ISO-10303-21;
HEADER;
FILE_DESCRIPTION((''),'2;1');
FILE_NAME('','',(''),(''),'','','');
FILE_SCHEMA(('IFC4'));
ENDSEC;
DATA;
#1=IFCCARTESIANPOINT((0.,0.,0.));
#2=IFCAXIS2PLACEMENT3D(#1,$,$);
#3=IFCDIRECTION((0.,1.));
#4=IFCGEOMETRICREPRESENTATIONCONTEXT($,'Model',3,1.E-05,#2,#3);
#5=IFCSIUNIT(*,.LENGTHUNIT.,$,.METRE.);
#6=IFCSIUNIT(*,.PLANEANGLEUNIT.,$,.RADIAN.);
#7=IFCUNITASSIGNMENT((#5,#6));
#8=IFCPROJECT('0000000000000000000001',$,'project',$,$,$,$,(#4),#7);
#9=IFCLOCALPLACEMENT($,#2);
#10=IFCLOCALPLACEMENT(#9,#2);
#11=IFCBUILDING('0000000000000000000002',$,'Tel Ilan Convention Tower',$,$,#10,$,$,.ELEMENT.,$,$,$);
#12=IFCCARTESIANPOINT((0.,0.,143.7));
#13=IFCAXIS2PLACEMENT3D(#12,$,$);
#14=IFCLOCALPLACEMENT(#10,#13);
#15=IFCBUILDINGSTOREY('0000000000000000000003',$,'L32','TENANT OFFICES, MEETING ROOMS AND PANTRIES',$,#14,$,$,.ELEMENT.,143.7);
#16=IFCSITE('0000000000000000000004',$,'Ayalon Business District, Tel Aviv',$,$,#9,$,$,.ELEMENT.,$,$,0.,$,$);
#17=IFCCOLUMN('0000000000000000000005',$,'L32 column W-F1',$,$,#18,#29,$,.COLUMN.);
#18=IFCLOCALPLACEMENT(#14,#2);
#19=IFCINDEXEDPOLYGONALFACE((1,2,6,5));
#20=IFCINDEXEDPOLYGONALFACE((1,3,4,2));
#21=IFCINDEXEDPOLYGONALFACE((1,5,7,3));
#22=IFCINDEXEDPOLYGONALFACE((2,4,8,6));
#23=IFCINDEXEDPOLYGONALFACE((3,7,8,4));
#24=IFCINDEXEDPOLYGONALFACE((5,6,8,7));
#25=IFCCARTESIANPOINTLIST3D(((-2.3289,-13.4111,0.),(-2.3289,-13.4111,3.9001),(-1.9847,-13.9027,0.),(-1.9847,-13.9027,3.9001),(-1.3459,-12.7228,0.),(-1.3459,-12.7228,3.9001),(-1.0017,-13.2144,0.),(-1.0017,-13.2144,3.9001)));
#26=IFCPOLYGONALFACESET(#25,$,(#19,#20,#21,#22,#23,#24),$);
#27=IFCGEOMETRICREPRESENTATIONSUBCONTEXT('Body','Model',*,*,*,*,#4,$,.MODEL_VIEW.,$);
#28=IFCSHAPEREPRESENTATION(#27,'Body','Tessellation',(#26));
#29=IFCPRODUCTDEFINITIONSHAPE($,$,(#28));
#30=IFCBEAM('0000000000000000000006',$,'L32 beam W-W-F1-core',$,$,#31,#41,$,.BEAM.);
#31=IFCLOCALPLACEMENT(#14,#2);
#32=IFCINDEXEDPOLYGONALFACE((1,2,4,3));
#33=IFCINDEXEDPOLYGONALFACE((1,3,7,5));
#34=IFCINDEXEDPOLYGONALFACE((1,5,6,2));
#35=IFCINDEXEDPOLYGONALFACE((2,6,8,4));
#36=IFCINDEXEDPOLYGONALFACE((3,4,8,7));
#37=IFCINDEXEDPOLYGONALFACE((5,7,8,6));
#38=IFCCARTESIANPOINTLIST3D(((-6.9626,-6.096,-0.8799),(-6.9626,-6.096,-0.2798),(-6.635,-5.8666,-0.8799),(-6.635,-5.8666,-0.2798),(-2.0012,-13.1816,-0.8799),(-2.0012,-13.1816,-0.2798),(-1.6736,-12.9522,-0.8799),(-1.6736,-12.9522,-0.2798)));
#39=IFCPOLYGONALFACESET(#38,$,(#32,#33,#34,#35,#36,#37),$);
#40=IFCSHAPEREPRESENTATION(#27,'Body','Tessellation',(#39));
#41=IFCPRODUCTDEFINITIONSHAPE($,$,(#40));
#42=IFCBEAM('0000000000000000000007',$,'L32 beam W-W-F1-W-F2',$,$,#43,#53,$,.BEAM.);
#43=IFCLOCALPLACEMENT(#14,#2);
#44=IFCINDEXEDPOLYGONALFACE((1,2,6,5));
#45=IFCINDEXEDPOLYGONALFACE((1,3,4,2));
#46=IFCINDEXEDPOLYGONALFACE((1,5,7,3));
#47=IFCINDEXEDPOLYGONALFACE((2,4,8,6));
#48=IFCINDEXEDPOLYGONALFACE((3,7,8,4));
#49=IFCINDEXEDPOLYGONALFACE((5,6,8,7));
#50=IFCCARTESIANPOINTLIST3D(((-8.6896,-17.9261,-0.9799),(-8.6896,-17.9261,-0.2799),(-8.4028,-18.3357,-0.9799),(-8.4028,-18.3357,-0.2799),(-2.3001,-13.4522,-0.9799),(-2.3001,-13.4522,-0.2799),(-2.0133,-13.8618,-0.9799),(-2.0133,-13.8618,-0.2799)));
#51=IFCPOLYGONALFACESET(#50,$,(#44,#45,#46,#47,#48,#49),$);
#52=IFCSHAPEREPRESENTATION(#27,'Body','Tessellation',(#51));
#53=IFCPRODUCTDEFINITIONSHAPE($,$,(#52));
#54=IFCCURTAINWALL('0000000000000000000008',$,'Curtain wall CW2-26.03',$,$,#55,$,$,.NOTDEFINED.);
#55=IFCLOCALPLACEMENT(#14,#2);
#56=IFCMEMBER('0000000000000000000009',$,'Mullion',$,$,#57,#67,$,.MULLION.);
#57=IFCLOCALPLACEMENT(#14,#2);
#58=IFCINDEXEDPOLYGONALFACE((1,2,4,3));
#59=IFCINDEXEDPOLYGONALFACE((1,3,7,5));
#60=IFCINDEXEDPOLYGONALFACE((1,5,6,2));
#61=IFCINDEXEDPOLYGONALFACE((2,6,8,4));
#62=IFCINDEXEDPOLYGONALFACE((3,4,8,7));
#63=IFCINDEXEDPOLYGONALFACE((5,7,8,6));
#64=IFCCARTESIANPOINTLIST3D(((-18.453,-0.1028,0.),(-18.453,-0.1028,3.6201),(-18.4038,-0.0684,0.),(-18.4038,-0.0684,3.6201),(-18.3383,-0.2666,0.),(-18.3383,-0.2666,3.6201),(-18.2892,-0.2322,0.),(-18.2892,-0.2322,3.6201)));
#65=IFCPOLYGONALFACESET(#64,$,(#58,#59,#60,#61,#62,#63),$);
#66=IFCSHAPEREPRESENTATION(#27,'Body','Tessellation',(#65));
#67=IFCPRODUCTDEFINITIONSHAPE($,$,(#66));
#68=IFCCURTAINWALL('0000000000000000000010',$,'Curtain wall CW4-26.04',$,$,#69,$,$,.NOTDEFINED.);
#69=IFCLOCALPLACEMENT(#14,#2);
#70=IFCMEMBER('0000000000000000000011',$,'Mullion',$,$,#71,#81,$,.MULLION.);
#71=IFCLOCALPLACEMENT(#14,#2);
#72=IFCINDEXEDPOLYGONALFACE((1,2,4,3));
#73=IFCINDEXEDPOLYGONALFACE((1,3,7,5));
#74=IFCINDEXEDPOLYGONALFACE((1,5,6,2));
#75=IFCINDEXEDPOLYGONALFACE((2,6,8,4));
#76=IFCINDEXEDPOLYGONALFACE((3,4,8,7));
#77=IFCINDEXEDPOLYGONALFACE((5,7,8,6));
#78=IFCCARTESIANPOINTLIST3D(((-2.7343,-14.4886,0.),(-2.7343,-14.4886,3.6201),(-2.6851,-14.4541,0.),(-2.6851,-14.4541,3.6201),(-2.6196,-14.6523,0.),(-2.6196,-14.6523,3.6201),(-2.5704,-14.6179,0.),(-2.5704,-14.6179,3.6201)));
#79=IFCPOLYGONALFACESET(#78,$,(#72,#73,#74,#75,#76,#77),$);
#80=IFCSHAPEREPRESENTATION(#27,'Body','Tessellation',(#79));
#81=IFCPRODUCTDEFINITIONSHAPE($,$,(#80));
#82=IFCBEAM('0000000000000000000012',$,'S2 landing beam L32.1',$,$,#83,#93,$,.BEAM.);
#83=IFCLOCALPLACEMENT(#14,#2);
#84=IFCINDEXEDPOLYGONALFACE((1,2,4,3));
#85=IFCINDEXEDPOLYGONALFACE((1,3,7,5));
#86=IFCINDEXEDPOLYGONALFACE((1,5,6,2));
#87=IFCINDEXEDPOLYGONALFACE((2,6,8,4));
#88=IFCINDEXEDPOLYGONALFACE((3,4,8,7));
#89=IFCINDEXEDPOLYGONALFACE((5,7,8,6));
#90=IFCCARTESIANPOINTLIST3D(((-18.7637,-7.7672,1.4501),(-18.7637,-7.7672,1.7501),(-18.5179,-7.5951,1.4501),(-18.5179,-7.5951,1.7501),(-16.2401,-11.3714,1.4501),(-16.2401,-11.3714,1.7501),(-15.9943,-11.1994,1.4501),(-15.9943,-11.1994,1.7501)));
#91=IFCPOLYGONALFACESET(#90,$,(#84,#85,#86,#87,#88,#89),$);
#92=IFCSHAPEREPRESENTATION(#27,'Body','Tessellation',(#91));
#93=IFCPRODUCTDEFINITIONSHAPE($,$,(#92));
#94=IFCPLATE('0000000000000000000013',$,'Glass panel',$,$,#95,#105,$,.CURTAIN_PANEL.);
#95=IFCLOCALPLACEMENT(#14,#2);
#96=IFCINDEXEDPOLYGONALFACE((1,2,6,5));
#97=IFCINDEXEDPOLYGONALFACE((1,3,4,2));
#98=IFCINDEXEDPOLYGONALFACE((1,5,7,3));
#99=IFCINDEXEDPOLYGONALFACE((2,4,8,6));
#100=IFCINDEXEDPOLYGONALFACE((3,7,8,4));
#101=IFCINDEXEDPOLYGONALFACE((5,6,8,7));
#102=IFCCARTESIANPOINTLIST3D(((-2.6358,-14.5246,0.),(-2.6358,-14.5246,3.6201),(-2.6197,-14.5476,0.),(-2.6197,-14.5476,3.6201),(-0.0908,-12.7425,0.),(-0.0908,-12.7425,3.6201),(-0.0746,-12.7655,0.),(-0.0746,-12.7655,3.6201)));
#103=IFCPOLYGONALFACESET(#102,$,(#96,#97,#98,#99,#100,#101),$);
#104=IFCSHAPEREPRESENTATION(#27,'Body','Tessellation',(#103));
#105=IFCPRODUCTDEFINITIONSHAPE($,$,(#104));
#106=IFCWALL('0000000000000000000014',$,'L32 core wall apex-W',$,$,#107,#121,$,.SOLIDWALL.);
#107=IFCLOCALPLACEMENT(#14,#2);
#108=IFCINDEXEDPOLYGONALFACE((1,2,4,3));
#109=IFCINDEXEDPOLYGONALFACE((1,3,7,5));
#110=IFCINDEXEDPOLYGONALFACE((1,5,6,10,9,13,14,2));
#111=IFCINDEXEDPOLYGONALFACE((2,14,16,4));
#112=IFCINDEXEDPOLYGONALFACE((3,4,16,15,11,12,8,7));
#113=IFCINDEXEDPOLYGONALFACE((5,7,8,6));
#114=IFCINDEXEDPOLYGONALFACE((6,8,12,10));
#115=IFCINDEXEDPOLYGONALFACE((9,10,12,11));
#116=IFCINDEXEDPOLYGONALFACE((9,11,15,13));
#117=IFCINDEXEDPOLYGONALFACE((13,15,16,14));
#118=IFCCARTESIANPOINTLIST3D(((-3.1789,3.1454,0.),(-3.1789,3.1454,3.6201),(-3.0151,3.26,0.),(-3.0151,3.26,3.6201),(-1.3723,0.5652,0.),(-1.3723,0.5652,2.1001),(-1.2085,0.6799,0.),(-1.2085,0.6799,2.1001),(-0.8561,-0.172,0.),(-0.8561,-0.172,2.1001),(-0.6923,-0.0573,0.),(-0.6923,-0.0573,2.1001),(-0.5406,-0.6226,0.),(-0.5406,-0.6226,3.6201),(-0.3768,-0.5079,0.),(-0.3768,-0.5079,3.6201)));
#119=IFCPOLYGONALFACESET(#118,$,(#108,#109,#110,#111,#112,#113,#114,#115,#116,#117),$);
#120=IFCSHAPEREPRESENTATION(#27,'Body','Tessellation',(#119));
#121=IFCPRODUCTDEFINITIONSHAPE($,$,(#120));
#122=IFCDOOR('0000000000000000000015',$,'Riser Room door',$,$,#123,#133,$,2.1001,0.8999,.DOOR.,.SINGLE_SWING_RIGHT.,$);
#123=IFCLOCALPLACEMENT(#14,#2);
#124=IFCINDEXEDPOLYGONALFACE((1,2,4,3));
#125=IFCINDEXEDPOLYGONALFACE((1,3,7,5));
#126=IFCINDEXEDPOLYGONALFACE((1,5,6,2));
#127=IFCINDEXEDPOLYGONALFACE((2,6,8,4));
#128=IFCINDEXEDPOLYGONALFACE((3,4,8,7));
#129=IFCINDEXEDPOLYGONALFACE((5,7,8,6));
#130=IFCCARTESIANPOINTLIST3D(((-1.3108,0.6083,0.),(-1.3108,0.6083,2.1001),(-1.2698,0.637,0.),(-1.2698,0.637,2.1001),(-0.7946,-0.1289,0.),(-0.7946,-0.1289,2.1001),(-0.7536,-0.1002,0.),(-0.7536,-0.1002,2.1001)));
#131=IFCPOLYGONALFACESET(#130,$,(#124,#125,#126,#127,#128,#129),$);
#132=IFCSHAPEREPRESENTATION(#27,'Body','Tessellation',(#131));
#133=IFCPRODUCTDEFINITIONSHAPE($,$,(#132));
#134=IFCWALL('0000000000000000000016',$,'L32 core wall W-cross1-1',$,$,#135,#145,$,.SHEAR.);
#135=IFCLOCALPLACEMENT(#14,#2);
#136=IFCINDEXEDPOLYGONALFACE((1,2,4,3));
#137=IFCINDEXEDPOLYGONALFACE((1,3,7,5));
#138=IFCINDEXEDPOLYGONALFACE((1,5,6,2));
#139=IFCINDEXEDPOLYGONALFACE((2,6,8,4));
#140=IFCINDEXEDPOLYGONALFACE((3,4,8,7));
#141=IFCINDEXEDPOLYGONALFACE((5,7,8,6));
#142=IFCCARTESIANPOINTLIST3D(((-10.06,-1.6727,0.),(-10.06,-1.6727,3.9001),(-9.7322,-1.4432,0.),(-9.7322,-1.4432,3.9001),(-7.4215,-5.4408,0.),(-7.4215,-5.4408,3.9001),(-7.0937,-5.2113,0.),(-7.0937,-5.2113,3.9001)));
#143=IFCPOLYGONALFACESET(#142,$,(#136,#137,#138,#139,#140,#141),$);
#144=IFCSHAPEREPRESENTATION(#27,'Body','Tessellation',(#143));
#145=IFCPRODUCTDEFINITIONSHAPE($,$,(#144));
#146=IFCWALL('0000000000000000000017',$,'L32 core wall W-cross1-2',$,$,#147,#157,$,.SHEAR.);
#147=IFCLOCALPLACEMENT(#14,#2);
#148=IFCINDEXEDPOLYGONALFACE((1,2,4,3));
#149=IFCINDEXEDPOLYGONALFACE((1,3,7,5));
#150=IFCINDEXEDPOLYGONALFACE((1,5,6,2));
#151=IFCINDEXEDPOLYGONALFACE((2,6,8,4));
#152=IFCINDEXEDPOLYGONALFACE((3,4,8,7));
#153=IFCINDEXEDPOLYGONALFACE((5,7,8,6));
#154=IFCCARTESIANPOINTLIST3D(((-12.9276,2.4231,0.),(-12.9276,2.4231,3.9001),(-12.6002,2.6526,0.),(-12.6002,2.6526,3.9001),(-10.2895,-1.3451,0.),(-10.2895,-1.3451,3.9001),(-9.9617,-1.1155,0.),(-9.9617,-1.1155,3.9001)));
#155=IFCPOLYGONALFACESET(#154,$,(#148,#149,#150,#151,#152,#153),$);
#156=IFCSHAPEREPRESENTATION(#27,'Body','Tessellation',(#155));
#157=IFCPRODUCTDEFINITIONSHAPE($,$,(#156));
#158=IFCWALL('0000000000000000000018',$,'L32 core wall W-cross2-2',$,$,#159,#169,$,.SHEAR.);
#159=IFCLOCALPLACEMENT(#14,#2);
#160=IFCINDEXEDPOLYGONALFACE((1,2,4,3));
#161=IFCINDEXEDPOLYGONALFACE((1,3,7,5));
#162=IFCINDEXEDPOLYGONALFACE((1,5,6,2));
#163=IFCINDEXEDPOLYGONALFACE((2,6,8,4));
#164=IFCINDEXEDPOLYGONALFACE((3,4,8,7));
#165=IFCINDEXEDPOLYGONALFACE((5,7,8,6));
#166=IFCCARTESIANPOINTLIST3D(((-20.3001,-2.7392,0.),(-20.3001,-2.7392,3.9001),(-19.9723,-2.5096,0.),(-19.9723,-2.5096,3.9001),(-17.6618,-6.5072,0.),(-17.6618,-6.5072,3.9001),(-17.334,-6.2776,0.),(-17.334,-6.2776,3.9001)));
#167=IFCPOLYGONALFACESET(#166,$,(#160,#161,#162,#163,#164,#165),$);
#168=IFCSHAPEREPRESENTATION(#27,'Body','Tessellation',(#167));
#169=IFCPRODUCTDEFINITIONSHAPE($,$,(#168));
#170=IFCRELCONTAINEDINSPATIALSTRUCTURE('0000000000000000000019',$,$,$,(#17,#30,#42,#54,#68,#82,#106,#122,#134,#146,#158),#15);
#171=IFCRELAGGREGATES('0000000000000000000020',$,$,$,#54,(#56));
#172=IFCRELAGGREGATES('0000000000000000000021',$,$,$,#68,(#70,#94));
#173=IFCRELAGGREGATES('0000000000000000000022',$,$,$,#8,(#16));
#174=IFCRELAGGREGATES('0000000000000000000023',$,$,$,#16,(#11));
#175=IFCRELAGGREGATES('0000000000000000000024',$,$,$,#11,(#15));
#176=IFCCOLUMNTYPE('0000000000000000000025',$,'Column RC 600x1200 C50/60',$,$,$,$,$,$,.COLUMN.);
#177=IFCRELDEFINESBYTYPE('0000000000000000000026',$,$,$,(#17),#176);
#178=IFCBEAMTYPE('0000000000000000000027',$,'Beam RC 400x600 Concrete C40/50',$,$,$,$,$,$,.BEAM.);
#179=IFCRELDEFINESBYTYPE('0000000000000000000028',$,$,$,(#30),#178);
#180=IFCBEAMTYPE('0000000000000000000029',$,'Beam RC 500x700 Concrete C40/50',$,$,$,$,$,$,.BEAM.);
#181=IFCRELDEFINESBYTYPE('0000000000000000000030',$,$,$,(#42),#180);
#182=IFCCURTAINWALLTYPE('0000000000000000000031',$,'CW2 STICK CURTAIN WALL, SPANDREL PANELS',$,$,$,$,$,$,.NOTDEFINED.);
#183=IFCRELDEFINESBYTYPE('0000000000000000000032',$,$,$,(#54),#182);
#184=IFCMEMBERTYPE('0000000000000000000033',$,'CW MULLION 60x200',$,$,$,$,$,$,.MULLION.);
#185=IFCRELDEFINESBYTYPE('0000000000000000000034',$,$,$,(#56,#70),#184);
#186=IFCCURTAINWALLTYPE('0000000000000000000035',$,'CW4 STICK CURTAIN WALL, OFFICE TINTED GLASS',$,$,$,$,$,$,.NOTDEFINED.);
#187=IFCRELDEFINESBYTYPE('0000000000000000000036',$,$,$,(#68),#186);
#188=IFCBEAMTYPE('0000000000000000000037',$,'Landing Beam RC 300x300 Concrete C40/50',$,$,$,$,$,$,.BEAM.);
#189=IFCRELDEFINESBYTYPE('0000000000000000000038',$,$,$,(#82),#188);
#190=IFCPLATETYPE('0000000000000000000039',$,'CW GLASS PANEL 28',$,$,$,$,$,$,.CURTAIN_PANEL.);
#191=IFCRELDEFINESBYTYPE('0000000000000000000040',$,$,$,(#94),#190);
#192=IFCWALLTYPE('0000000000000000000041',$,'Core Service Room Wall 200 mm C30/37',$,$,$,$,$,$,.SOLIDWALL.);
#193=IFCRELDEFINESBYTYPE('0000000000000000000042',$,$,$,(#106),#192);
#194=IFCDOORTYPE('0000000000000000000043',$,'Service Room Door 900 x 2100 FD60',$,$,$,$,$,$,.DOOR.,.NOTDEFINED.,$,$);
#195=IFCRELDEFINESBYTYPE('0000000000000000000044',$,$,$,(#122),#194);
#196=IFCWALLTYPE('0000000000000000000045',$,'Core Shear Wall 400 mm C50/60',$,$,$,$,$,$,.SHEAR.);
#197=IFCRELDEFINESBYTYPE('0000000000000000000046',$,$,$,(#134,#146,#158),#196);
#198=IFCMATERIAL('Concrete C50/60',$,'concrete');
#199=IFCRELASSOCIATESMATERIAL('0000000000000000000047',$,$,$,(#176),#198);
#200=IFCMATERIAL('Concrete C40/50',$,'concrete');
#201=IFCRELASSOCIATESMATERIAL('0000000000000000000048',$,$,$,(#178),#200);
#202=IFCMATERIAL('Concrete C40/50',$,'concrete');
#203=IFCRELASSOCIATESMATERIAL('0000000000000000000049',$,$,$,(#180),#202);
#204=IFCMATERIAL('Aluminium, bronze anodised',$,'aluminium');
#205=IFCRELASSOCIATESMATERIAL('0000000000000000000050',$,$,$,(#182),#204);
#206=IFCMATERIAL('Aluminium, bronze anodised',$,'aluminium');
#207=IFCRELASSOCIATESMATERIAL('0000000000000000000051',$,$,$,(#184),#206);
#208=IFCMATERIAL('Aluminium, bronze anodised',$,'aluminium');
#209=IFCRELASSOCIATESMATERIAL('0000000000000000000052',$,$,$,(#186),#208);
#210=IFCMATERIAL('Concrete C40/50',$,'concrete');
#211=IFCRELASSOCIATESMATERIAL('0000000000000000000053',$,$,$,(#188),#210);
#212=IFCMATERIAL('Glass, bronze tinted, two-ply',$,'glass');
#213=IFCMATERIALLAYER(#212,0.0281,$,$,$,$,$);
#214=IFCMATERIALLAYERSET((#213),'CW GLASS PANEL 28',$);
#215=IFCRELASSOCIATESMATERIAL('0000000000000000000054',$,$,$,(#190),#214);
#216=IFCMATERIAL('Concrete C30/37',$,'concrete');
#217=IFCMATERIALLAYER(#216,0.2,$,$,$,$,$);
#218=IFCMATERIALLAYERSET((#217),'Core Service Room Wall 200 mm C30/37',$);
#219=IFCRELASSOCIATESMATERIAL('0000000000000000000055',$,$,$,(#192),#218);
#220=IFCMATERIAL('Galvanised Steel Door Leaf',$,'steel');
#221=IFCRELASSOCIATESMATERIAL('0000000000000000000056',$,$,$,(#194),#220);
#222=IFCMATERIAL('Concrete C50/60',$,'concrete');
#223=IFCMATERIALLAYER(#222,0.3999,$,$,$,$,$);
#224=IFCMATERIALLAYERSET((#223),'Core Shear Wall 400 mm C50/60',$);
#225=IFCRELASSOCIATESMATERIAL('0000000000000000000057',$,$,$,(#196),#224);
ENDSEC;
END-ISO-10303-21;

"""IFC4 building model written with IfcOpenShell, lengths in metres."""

from ifc_helpers import new_model, si_unit, direction, frame, frame_2d, origin, origin_2d, place, context, subcontext, project, spatial, polyline, rectangle, outline, extrude, material, layer, layer_set, material_profile, profile_set, type_object, element, fill, aggregate, save


model = new_model("IFC4")

# Units and contexts
model_context = context("Model", 3, precision=1e-05, world=origin(), true_north=direction((0.0, 1.0)))
body_context = subcontext(model_context, "Body", "Model", "MODEL_VIEW")
ifc_project = project(units=[si_unit("LENGTHUNIT", "METRE"), si_unit("PLANEANGLEUNIT", "RADIAN")], contexts=[model_context])

# Site, building, storey
site_placement = place(None, origin())
site = spatial("IfcSite", under=ifc_project, at=site_placement, Name="Ayalon Business District, Tel Aviv", CompositionType="ELEMENT", RefElevation=0.0)
building_placement = place(site_placement, origin())
building = spatial("IfcBuilding", under=site, at=building_placement, Name="Tel Ilan Convention Tower", CompositionType="ELEMENT")
storey_placement = place(building_placement, frame((0.0, 0.0, 143.7)))
storey = spatial("IfcBuildingStorey", under=building, at=storey_placement, Name="L32", Description="TENANT OFFICES, MEETING ROOMS AND PANTRIES", CompositionType="ELEMENT", Elevation=143.7)

# Column
ifc_material_1 = material(Name="Concrete C50/60", Category="concrete")
ifc_material_profile_1 = material_profile(ifc_material_1, rectangle(XDim=1.2, YDim=0.6001, at=origin_2d()), Name="RC 600x1200")
ifc_profile_set_1 = profile_set([ifc_material_profile_1], Name="Concrete C50/60")
column_type = type_object("IfcColumnType", Name="Column RC 600x1200 C50/60", PredefinedType="COLUMN", material=ifc_profile_set_1)
column_placement = place(storey_placement, frame((-1.6653, -13.3127, 0.0), z_axis=(0.0, 0.0, 1.0), x_axis=(-0.819152, -0.573576, 0.0)))
element("IfcColumn", 1, at=column_placement, inside=storey, type_object=column_type, Name="L32 column W-F1", PredefinedType="COLUMN", context=body_context, shape_type="SweptSolid", body=[
    extrude(rectangle(XDim=1.2, YDim=0.6001, at=origin_2d()), origin(), (0.0, 0.0, 1.0), 3.9001),
])

# Beams
ifc_material_2 = material(Name="Concrete C40/50", Category="concrete")
ifc_material_profile_2 = material_profile(ifc_material_2, rectangle(XDim=0.3999, YDim=0.6001, at=origin_2d()), Name="RC 400x600")
ifc_profile_set_2 = profile_set([ifc_material_profile_2], Name="Concrete C40/50")
beam_type_1 = type_object("IfcBeamType", Name="Beam RC 400x600 Concrete C40/50", PredefinedType="BEAM", material=ifc_profile_set_2)
beam_1_placement = place(storey_placement, frame((-1.8374, -13.0669, -0.5798), z_axis=(-0.573574, 0.819154, 0.0), x_axis=(-0.819154, -0.573574, 0.0)))
element("IfcBeam", 2, at=beam_1_placement, inside=storey, type_object=beam_type_1, Name="L32 beam W-W-F1-core", PredefinedType="BEAM", context=body_context, shape_type="SweptSolid", body=[
    extrude(rectangle(XDim=0.3999, YDim=0.6001, at=origin_2d()), origin(), (0.0, 0.0, 1.0), 8.6499),
])
ifc_material_3 = material(Name="Concrete C40/50", Category="concrete")
ifc_material_profile_3 = material_profile(ifc_material_3, rectangle(XDim=0.5, YDim=0.7, at=origin_2d()), Name="RC 500x700")
ifc_profile_set_3 = profile_set([ifc_material_profile_3], Name="Concrete C40/50")
beam_type_2 = type_object("IfcBeamType", Name="Beam RC 500x700 Concrete C40/50", PredefinedType="BEAM", material=ifc_profile_set_3)
beam_2_placement = place(storey_placement, frame((-2.1567, -13.657, -0.6299), z_axis=(-0.819154, -0.573574, 0.0), x_axis=(0.573574, -0.819154, 0.0)))
element("IfcBeam", 3, at=beam_2_placement, inside=storey, type_object=beam_type_2, Name="L32 beam W-W-F1-W-F2", PredefinedType="BEAM", context=body_context, shape_type="SweptSolid", body=[
    extrude(rectangle(XDim=0.5, YDim=0.7, at=origin_2d()), origin(), (0.0, 0.0, 1.0), 7.8),
])

# Curtain walls, members
ifc_material_4 = material(Name="Aluminium, bronze anodised", Category="aluminium")
curtain_wall_type_1 = type_object("IfcCurtainWallType", Name="CW2 STICK CURTAIN WALL, SPANDREL PANELS", PredefinedType="NOTDEFINED", material=ifc_material_4)
curtain_wall_1_placement = place(storey_placement, origin())
curtain_wall_1 = element("IfcCurtainWall", 4, at=curtain_wall_1_placement, inside=storey, type_object=curtain_wall_type_1, Name="Curtain wall CW2-26.03", PredefinedType="NOTDEFINED")
ifc_material_5 = material(Name="Aluminium, bronze anodised", Category="aluminium")
ifc_material_profile_4 = material_profile(ifc_material_5, rectangle(XDim=0.0601, YDim=0.2, at=origin_2d()), Name="CW MULLION 60x200")
ifc_profile_set_4 = profile_set([ifc_material_profile_4], Name="Aluminium, bronze anodised")
member_type = type_object("IfcMemberType", Name="CW MULLION 60x200", PredefinedType="MULLION", material=ifc_profile_set_4)
member_1_placement = place(storey_placement, frame((-18.3711, -0.1675, 0.0), z_axis=(0.0, 0.0, 1.0), x_axis=(-0.819152, -0.573576, 0.0)))
member_1 = element("IfcMember", 5, at=member_1_placement, type_object=member_type, Name="Mullion", PredefinedType="MULLION", context=body_context, shape_type="SweptSolid", body=[
    extrude(rectangle(XDim=0.0601, YDim=0.2, at=origin_2d()), origin(), (0.0, 0.0, 1.0), 3.6201),
])
aggregate(curtain_wall_1, [member_1])
ifc_material_6 = material(Name="Aluminium, bronze anodised", Category="aluminium")
curtain_wall_type_2 = type_object("IfcCurtainWallType", Name="CW4 STICK CURTAIN WALL, OFFICE TINTED GLASS", PredefinedType="NOTDEFINED", material=ifc_material_6)
curtain_wall_2_placement = place(storey_placement, origin())
curtain_wall_2 = element("IfcCurtainWall", 6, at=curtain_wall_2_placement, inside=storey, type_object=curtain_wall_type_2, Name="Curtain wall CW4-26.04", PredefinedType="NOTDEFINED")
member_2_placement = place(storey_placement, frame((-2.6523, -14.5532, 0.0), z_axis=(0.0, 0.0, 1.0), x_axis=(0.819152, 0.573576, 0.0)))
member_2 = element("IfcMember", 7, at=member_2_placement, type_object=member_type, Name="Mullion", PredefinedType="MULLION", context=body_context, shape_type="SweptSolid", body=[
    extrude(rectangle(XDim=0.0601, YDim=0.2, at=origin_2d()), origin(), (0.0, 0.0, 1.0), 3.6201),
])

# Beam
ifc_material_7 = material(Name="Concrete C40/50", Category="concrete")
ifc_material_profile_5 = material_profile(ifc_material_7, rectangle(XDim=0.3, YDim=0.3, at=origin_2d()), Name="RC 300x300")
ifc_profile_set_5 = profile_set([ifc_material_profile_5], Name="Concrete C40/50")
beam_type_3 = type_object("IfcBeamType", Name="Landing Beam RC 300x300 Concrete C40/50", PredefinedType="BEAM", material=ifc_profile_set_5)
beam_3_placement = place(storey_placement, frame((-16.1172, -11.2854, 1.6001), z_axis=(-0.57357, 0.819156, 0.0), x_axis=(-0.819156, -0.57357, 0.0)))
element("IfcBeam", 8, at=beam_3_placement, inside=storey, type_object=beam_type_3, Name="S2 landing beam L32.1", PredefinedType="BEAM", context=body_context, shape_type="SweptSolid", body=[
    extrude(rectangle(XDim=0.3, YDim=0.3, at=origin_2d()), origin(), (0.0, 0.0, 1.0), 4.3999),
])

# Plate
ifc_material_8 = material(Name="Glass, bronze tinted, two-ply", Category="glass")
ifc_layer_1 = layer(ifc_material_8, 0.0281)
ifc_layer_set_1 = layer_set([ifc_layer_1], Name="CW GLASS PANEL 28")
plate_type = type_object("IfcPlateType", Name="CW GLASS PANEL 28", PredefinedType="CURTAIN_PANEL", material=ifc_layer_set_1)
plate_placement = place(storey_placement, frame((-1.3552, -13.645, 0.0), z_axis=(0.0, 0.0, 1.0), x_axis=(0.819152, 0.573576, 0.0)))
plate = element("IfcPlate", 9, at=plate_placement, type_object=plate_type, Name="Glass panel", PredefinedType="CURTAIN_PANEL", context=body_context, shape_type="SweptSolid", body=[
    extrude(rectangle(XDim=3.1069, YDim=0.0281, at=origin_2d()), origin(), (0.0, 0.0, 1.0), 3.6201),
])
aggregate(curtain_wall_2, [member_2, plate])

# Wall, opening, door
ifc_material_9 = material(Name="Concrete C30/37", Category="concrete")
ifc_layer_2 = layer(ifc_material_9, 0.2)
ifc_layer_set_2 = layer_set([ifc_layer_2], Name="Core Service Room Wall 200 mm C30/37")
wall_type_1 = type_object("IfcWallType", Name="Core Service Room Wall 200 mm C30/37", PredefinedType="SOLIDWALL", material=ifc_layer_set_2)
wall_1_placement = place(storey_placement, frame((-0.4587, -0.5652, 0.0), z_axis=(0.0, 0.0, 1.0), x_axis=(-0.573576, 0.819152, 0.0)))
wall_1 = element("IfcWall", 10, at=wall_1_placement, inside=storey, type_object=wall_type_1, Name="L32 core wall apex-W", PredefinedType="SOLIDWALL", context=body_context, shape_type="SweptSolid", body=[
    extrude(rectangle(XDim=4.5999, YDim=0.2, at=frame_2d((2.2998, 0.0))), origin(), (0.0, 0.0, 1.0), 3.6201),
])
opening_1_placement = place(wall_1_placement, frame((0.55, 0.0, 0.0)))
opening_1 = element("IfcOpeningElement", 11, at=opening_1_placement, cuts=wall_1, PredefinedType="OPENING", context=body_context, shape_type="SweptSolid", body=[
    extrude(rectangle(XDim=0.8999, YDim=2.1001, at=frame_2d((0.45, 1.05))), frame((0.0, 0.1099, 0.0), z_axis=(0.0, -1.0, 0.0), x_axis=(1.0, 0.0, 0.0)), (0.0, 0.0, 1.0), 0.22),
])
ifc_material_10 = material(Name="Galvanised Steel Door Leaf", Category="steel")
door_type_1 = type_object("IfcDoorType", Name="Service Room Door 900 x 2100 FD60", OperationType="NOTDEFINED", PredefinedType="DOOR", material=ifc_material_10)
door_1_placement = place(opening_1_placement, origin())
door_1 = element("IfcDoor", 12, at=door_1_placement, inside=storey, type_object=door_type_1, Name="Riser Room door", OperationType="SINGLE_SWING_RIGHT", OverallHeight=2.1001, OverallWidth=0.8999, PredefinedType="DOOR", context=body_context, shape_type="SweptSolid", body=[
    extrude(rectangle(XDim=0.8999, YDim=2.1001, at=frame_2d((0.45, 1.05))), frame((0.0, 0.0249, 0.0), z_axis=(0.0, -1.0, 0.0), x_axis=(1.0, 0.0, 0.0)), (0.0, 0.0, 1.0), 0.05),
])
fill(opening_1, door_1)

# Walls
ifc_material_11 = material(Name="Concrete C50/60", Category="concrete")
ifc_layer_3 = layer(ifc_material_11, 0.3999)
ifc_layer_set_3 = layer_set([ifc_layer_3], Name="Core Shear Wall 400 mm C50/60")
wall_type_2 = type_object("IfcWallType", Name="Core Shear Wall 400 mm C50/60", PredefinedType="SHEAR", material=ifc_layer_set_3)
wall_2_placement = place(storey_placement, frame((-7.2578, -5.3259, 0.0), z_axis=(0.0, 0.0, 1.0), x_axis=(-0.573541, 0.819177, 0.0)))
element("IfcWall", 13, at=wall_2_placement, inside=storey, type_object=wall_type_2, Name="L32 core wall W-cross1-1", PredefinedType="SHEAR", context=body_context, shape_type="SweptSolid", body=[
    extrude(outline(polyline([(4.5999, 0.2002), (-0.0002, 0.2), (-0.0002, -0.2002), (4.5999, -0.2), (4.5999, 0.2002)])), origin(), (0.0, 0.0, 1.0), 3.9001),
])
wall_3_placement = place(storey_placement, frame((-10.1255, -1.2302, 0.0), z_axis=(0.0, 0.0, 1.0), x_axis=(-0.573576, 0.819152, 0.0)))
element("IfcWall", 14, at=wall_3_placement, inside=storey, type_object=wall_type_2, Name="L32 core wall W-cross1-2", PredefinedType="SHEAR", context=body_context, shape_type="SweptSolid", body=[
    extrude(outline(polyline([(4.6001, -0.2), (4.5999, 0.2), (0.0, 0.2002), (0.0, -0.2), (4.6001, -0.2)])), origin(), (0.0, 0.0, 1.0), 3.9001),
])
wall_4_placement = place(storey_placement, frame((-17.4978, -6.3923, 0.0), z_axis=(0.0, 0.0, 1.0), x_axis=(-0.573612, 0.819127, 0.0)))
element("IfcWall", 15, at=wall_4_placement, inside=storey, type_object=wall_type_2, Name="L32 core wall W-cross2-2", PredefinedType="SHEAR", context=body_context, shape_type="SweptSolid", body=[
    extrude(outline(polyline([(4.5999, -0.2002), (4.5999, 0.2), (0.0, 0.2002), (0.0, -0.2), (4.5999, -0.2002)])), origin(), (0.0, 0.0, 1.0), 3.9001),
])

save(model, "model.ifc")
